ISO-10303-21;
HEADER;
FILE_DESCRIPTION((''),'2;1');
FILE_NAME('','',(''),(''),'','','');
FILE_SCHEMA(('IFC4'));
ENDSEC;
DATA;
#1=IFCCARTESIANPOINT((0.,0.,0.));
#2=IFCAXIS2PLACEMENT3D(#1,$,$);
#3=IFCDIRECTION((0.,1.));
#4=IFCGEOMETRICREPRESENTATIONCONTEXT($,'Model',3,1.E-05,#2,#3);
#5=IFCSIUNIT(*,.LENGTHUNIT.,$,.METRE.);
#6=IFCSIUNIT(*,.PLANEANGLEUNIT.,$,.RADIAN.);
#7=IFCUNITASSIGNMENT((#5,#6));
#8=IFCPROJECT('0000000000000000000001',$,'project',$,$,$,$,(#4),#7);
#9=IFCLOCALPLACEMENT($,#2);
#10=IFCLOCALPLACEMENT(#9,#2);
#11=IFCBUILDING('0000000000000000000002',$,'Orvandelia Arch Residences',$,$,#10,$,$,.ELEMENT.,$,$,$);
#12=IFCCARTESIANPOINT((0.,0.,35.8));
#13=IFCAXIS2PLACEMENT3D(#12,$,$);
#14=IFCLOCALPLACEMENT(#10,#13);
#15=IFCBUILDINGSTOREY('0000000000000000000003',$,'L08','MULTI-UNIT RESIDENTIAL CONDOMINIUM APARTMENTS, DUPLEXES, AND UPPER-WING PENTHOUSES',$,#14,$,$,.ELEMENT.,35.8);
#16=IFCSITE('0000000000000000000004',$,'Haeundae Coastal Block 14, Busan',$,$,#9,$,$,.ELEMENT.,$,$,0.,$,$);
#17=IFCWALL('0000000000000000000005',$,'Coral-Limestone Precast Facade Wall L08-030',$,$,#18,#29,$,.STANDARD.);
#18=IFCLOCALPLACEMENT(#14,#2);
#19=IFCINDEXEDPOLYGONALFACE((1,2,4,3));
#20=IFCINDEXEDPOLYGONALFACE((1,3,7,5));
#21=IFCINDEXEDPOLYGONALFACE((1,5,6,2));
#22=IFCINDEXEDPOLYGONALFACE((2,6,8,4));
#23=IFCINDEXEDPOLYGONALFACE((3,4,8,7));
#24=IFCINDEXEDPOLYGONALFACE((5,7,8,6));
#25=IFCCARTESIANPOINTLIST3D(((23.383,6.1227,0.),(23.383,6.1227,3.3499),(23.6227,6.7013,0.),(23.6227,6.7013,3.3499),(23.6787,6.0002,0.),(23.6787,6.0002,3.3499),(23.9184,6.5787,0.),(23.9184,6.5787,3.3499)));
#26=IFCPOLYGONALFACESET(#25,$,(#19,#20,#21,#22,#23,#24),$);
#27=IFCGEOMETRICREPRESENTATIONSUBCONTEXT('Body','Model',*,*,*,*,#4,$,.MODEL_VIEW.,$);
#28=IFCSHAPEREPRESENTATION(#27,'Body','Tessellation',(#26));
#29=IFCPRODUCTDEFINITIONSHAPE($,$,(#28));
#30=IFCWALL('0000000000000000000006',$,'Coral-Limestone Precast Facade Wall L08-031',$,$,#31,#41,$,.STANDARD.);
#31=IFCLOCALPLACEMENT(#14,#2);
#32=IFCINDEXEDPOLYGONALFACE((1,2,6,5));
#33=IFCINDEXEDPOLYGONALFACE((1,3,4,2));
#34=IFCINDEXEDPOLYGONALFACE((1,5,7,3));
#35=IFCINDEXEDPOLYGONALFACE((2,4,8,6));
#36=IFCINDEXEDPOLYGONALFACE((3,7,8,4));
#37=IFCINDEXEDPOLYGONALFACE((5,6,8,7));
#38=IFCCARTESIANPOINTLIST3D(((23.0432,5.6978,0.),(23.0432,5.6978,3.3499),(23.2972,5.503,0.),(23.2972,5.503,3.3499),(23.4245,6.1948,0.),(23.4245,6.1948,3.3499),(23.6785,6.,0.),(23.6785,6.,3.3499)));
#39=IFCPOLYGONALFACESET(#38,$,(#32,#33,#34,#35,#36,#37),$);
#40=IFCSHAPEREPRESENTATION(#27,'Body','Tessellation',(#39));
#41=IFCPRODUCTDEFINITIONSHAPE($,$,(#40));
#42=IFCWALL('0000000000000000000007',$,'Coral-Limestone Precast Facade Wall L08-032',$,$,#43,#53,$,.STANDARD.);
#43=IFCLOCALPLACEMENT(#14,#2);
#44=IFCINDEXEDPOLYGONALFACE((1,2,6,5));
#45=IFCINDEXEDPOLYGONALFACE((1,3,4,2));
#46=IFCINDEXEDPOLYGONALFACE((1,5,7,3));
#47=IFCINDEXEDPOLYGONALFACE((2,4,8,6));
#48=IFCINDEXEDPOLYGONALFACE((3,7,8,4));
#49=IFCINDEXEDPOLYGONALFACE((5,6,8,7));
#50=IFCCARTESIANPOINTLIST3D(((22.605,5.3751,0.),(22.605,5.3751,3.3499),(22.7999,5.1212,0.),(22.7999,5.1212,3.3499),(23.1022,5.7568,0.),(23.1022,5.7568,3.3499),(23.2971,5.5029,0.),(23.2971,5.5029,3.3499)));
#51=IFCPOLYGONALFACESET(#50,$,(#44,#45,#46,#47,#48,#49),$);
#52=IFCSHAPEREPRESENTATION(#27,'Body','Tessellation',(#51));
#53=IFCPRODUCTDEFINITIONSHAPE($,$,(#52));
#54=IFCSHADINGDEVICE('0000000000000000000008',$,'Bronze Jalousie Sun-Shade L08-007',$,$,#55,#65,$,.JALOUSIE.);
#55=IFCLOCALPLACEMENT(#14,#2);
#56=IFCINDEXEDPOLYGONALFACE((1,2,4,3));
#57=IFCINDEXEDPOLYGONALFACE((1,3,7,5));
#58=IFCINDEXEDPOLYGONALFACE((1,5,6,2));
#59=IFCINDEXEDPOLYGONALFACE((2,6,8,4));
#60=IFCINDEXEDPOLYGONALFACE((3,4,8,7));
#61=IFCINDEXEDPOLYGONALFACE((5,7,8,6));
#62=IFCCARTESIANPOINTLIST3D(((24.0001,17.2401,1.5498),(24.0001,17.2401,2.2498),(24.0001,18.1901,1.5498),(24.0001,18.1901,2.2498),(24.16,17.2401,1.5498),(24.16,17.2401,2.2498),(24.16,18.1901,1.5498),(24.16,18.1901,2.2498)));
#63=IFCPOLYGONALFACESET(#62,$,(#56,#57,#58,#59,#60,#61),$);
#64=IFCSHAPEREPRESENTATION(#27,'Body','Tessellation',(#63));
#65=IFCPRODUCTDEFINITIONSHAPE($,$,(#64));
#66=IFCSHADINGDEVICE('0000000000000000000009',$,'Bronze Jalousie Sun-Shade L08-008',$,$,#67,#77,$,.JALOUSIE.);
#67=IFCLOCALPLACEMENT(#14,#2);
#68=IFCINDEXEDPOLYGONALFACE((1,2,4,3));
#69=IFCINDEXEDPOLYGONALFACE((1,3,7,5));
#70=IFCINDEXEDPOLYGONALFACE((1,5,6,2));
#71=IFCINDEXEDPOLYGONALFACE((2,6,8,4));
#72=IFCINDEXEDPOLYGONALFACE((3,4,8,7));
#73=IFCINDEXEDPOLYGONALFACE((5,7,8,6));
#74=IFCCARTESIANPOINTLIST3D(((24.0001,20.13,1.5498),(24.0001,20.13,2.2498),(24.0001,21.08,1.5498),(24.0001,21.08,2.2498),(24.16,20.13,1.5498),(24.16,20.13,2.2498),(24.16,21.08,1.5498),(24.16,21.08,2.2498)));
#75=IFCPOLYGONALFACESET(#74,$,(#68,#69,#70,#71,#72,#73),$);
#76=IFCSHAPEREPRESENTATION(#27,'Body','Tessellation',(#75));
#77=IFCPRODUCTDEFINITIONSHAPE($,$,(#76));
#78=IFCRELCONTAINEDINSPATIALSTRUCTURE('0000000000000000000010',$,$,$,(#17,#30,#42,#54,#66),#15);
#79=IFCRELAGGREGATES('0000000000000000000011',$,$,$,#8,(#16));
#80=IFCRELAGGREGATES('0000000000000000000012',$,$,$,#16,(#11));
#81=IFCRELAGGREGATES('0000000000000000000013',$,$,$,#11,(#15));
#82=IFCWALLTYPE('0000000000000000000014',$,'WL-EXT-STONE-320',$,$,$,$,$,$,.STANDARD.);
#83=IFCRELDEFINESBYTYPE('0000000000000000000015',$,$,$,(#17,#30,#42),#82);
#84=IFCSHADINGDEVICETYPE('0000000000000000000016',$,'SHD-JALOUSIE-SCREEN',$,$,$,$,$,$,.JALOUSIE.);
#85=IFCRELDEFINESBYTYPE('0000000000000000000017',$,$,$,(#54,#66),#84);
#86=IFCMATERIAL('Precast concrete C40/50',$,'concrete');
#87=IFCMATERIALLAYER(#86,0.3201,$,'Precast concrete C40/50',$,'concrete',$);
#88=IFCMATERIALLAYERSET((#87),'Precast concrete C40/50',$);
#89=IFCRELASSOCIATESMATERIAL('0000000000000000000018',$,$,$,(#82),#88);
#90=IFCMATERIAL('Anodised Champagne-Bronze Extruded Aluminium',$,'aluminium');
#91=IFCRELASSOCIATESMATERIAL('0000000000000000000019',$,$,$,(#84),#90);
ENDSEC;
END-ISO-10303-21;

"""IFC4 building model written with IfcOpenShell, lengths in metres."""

from ifc_helpers import new_model, si_unit, direction, frame, frame_2d, origin, origin_2d, place, context, subcontext, project, spatial, rectangle, extrude, material, layer, layer_set, type_object, element, save


model = new_model("IFC4")

# Units and contexts
model_context = context("Model", 3, precision=1e-05, world=origin(), true_north=direction((0.0, 1.0)))
body_context = subcontext(model_context, "Body", "Model", "MODEL_VIEW")
ifc_project = project(units=[si_unit("LENGTHUNIT", "METRE"), si_unit("PLANEANGLEUNIT", "RADIAN")], contexts=[model_context])

# Site, building, storey
site_placement = place(None, origin())
site = spatial("IfcSite", under=ifc_project, at=site_placement, Name="Haeundae Coastal Block 14, Busan", CompositionType="ELEMENT", RefElevation=0.0)
building_placement = place(site_placement, origin())
building = spatial("IfcBuilding", under=site, at=building_placement, Name="Orvandelia Arch Residences", CompositionType="ELEMENT")
storey_placement = place(building_placement, frame((0.0, 0.0, 35.8)))
storey = spatial("IfcBuildingStorey", under=building, at=storey_placement, Name="L08", Description="MULTI-UNIT RESIDENTIAL CONDOMINIUM APARTMENTS, DUPLEXES, AND UPPER-WING PENTHOUSES", CompositionType="ELEMENT", Elevation=35.8)

# Shared definitions
ifc_material_1 = material(Name="Precast concrete C40/50", Category="concrete")
ifc_layer = layer(ifc_material_1, 0.3201, Name="Precast concrete C40/50", Category="concrete")
ifc_layer_set = layer_set([ifc_layer], Name="Precast concrete C40/50")
wall_type = type_object("IfcWallType", Name="WL-EXT-STONE-320", PredefinedType="STANDARD", material=ifc_layer_set)

# Walls
wall_1_placement = place(storey_placement, frame((23.7705, 6.6399, 0.0), z_axis=(0.0, 0.0, 1.0), x_axis=(-0.382788, -0.923836, 0.0)))
element("IfcWall", 1, at=wall_1_placement, inside=storey, type_object=wall_type, Name="Coral-Limestone Precast Facade Wall L08-030", PredefinedType="STANDARD", context=body_context, shape_type="SweptSolid", body=[
    extrude(rectangle(XDim=0.6262, YDim=0.3201, at=frame_2d((0.313, 0.0))), origin(), (0.0, 0.0, 1.0), 3.3499),
])
wall_2_placement = place(storey_placement, frame((23.5515, 6.0974, 0.0), z_axis=(0.0, 0.0, 1.0), x_axis=(-0.608693, -0.793406, 0.0)))
element("IfcWall", 2, at=wall_2_placement, inside=storey, type_object=wall_type, Name="Coral-Limestone Precast Facade Wall L08-031", PredefinedType="STANDARD", context=body_context, shape_type="SweptSolid", body=[
    extrude(rectangle(XDim=0.6265, YDim=0.3201, at=frame_2d((0.3132, 0.0))), origin(), (0.0, 0.0, 1.0), 3.3499),
])
wall_3_placement = place(storey_placement, frame((23.1997, 5.6299, 0.0), z_axis=(0.0, 0.0, 1.0), x_axis=(-0.793217, -0.608939, 0.0)))
element("IfcWall", 3, at=wall_3_placement, inside=storey, type_object=wall_type, Name="Coral-Limestone Precast Facade Wall L08-032", PredefinedType="STANDARD", context=body_context, shape_type="SweptSolid", body=[
    extrude(rectangle(XDim=0.6267, YDim=0.3201, at=frame_2d((0.3135, 0.0))), origin(), (0.0, 0.0, 1.0), 3.3499),
])

# Shading devices
ifc_material_2 = material(Name="Anodised Champagne-Bronze Extruded Aluminium", Category="aluminium")
shading_device_type = type_object("IfcShadingDeviceType", Name="SHD-JALOUSIE-SCREEN", PredefinedType="JALOUSIE", material=ifc_material_2)
for number, where, z_axis, x_axis, name in (
    (4, (24.0801, 17.7151, 1.5498), (0.0, 0.0, 1.0), (0.0, -1.0, 0.0), "Bronze Jalousie Sun-Shade L08-007"),
    (5, (24.0801, 20.605, 1.5498), (0.0, 0.0, 1.0), (0.0, -1.0, 0.0), "Bronze Jalousie Sun-Shade L08-008"),
):
    element("IfcShadingDevice", number, at=place(storey_placement, frame(where, z_axis=z_axis, x_axis=x_axis)), inside=storey, type_object=shading_device_type, Name=name, PredefinedType="JALOUSIE", context=body_context, shape_type="SweptSolid", body=[
        extrude(rectangle(XDim=0.95, YDim=0.1599, at=origin_2d()), origin(), (0.0, 0.0, 1.0), 0.7),
    ])

save(model, "model.ifc")
